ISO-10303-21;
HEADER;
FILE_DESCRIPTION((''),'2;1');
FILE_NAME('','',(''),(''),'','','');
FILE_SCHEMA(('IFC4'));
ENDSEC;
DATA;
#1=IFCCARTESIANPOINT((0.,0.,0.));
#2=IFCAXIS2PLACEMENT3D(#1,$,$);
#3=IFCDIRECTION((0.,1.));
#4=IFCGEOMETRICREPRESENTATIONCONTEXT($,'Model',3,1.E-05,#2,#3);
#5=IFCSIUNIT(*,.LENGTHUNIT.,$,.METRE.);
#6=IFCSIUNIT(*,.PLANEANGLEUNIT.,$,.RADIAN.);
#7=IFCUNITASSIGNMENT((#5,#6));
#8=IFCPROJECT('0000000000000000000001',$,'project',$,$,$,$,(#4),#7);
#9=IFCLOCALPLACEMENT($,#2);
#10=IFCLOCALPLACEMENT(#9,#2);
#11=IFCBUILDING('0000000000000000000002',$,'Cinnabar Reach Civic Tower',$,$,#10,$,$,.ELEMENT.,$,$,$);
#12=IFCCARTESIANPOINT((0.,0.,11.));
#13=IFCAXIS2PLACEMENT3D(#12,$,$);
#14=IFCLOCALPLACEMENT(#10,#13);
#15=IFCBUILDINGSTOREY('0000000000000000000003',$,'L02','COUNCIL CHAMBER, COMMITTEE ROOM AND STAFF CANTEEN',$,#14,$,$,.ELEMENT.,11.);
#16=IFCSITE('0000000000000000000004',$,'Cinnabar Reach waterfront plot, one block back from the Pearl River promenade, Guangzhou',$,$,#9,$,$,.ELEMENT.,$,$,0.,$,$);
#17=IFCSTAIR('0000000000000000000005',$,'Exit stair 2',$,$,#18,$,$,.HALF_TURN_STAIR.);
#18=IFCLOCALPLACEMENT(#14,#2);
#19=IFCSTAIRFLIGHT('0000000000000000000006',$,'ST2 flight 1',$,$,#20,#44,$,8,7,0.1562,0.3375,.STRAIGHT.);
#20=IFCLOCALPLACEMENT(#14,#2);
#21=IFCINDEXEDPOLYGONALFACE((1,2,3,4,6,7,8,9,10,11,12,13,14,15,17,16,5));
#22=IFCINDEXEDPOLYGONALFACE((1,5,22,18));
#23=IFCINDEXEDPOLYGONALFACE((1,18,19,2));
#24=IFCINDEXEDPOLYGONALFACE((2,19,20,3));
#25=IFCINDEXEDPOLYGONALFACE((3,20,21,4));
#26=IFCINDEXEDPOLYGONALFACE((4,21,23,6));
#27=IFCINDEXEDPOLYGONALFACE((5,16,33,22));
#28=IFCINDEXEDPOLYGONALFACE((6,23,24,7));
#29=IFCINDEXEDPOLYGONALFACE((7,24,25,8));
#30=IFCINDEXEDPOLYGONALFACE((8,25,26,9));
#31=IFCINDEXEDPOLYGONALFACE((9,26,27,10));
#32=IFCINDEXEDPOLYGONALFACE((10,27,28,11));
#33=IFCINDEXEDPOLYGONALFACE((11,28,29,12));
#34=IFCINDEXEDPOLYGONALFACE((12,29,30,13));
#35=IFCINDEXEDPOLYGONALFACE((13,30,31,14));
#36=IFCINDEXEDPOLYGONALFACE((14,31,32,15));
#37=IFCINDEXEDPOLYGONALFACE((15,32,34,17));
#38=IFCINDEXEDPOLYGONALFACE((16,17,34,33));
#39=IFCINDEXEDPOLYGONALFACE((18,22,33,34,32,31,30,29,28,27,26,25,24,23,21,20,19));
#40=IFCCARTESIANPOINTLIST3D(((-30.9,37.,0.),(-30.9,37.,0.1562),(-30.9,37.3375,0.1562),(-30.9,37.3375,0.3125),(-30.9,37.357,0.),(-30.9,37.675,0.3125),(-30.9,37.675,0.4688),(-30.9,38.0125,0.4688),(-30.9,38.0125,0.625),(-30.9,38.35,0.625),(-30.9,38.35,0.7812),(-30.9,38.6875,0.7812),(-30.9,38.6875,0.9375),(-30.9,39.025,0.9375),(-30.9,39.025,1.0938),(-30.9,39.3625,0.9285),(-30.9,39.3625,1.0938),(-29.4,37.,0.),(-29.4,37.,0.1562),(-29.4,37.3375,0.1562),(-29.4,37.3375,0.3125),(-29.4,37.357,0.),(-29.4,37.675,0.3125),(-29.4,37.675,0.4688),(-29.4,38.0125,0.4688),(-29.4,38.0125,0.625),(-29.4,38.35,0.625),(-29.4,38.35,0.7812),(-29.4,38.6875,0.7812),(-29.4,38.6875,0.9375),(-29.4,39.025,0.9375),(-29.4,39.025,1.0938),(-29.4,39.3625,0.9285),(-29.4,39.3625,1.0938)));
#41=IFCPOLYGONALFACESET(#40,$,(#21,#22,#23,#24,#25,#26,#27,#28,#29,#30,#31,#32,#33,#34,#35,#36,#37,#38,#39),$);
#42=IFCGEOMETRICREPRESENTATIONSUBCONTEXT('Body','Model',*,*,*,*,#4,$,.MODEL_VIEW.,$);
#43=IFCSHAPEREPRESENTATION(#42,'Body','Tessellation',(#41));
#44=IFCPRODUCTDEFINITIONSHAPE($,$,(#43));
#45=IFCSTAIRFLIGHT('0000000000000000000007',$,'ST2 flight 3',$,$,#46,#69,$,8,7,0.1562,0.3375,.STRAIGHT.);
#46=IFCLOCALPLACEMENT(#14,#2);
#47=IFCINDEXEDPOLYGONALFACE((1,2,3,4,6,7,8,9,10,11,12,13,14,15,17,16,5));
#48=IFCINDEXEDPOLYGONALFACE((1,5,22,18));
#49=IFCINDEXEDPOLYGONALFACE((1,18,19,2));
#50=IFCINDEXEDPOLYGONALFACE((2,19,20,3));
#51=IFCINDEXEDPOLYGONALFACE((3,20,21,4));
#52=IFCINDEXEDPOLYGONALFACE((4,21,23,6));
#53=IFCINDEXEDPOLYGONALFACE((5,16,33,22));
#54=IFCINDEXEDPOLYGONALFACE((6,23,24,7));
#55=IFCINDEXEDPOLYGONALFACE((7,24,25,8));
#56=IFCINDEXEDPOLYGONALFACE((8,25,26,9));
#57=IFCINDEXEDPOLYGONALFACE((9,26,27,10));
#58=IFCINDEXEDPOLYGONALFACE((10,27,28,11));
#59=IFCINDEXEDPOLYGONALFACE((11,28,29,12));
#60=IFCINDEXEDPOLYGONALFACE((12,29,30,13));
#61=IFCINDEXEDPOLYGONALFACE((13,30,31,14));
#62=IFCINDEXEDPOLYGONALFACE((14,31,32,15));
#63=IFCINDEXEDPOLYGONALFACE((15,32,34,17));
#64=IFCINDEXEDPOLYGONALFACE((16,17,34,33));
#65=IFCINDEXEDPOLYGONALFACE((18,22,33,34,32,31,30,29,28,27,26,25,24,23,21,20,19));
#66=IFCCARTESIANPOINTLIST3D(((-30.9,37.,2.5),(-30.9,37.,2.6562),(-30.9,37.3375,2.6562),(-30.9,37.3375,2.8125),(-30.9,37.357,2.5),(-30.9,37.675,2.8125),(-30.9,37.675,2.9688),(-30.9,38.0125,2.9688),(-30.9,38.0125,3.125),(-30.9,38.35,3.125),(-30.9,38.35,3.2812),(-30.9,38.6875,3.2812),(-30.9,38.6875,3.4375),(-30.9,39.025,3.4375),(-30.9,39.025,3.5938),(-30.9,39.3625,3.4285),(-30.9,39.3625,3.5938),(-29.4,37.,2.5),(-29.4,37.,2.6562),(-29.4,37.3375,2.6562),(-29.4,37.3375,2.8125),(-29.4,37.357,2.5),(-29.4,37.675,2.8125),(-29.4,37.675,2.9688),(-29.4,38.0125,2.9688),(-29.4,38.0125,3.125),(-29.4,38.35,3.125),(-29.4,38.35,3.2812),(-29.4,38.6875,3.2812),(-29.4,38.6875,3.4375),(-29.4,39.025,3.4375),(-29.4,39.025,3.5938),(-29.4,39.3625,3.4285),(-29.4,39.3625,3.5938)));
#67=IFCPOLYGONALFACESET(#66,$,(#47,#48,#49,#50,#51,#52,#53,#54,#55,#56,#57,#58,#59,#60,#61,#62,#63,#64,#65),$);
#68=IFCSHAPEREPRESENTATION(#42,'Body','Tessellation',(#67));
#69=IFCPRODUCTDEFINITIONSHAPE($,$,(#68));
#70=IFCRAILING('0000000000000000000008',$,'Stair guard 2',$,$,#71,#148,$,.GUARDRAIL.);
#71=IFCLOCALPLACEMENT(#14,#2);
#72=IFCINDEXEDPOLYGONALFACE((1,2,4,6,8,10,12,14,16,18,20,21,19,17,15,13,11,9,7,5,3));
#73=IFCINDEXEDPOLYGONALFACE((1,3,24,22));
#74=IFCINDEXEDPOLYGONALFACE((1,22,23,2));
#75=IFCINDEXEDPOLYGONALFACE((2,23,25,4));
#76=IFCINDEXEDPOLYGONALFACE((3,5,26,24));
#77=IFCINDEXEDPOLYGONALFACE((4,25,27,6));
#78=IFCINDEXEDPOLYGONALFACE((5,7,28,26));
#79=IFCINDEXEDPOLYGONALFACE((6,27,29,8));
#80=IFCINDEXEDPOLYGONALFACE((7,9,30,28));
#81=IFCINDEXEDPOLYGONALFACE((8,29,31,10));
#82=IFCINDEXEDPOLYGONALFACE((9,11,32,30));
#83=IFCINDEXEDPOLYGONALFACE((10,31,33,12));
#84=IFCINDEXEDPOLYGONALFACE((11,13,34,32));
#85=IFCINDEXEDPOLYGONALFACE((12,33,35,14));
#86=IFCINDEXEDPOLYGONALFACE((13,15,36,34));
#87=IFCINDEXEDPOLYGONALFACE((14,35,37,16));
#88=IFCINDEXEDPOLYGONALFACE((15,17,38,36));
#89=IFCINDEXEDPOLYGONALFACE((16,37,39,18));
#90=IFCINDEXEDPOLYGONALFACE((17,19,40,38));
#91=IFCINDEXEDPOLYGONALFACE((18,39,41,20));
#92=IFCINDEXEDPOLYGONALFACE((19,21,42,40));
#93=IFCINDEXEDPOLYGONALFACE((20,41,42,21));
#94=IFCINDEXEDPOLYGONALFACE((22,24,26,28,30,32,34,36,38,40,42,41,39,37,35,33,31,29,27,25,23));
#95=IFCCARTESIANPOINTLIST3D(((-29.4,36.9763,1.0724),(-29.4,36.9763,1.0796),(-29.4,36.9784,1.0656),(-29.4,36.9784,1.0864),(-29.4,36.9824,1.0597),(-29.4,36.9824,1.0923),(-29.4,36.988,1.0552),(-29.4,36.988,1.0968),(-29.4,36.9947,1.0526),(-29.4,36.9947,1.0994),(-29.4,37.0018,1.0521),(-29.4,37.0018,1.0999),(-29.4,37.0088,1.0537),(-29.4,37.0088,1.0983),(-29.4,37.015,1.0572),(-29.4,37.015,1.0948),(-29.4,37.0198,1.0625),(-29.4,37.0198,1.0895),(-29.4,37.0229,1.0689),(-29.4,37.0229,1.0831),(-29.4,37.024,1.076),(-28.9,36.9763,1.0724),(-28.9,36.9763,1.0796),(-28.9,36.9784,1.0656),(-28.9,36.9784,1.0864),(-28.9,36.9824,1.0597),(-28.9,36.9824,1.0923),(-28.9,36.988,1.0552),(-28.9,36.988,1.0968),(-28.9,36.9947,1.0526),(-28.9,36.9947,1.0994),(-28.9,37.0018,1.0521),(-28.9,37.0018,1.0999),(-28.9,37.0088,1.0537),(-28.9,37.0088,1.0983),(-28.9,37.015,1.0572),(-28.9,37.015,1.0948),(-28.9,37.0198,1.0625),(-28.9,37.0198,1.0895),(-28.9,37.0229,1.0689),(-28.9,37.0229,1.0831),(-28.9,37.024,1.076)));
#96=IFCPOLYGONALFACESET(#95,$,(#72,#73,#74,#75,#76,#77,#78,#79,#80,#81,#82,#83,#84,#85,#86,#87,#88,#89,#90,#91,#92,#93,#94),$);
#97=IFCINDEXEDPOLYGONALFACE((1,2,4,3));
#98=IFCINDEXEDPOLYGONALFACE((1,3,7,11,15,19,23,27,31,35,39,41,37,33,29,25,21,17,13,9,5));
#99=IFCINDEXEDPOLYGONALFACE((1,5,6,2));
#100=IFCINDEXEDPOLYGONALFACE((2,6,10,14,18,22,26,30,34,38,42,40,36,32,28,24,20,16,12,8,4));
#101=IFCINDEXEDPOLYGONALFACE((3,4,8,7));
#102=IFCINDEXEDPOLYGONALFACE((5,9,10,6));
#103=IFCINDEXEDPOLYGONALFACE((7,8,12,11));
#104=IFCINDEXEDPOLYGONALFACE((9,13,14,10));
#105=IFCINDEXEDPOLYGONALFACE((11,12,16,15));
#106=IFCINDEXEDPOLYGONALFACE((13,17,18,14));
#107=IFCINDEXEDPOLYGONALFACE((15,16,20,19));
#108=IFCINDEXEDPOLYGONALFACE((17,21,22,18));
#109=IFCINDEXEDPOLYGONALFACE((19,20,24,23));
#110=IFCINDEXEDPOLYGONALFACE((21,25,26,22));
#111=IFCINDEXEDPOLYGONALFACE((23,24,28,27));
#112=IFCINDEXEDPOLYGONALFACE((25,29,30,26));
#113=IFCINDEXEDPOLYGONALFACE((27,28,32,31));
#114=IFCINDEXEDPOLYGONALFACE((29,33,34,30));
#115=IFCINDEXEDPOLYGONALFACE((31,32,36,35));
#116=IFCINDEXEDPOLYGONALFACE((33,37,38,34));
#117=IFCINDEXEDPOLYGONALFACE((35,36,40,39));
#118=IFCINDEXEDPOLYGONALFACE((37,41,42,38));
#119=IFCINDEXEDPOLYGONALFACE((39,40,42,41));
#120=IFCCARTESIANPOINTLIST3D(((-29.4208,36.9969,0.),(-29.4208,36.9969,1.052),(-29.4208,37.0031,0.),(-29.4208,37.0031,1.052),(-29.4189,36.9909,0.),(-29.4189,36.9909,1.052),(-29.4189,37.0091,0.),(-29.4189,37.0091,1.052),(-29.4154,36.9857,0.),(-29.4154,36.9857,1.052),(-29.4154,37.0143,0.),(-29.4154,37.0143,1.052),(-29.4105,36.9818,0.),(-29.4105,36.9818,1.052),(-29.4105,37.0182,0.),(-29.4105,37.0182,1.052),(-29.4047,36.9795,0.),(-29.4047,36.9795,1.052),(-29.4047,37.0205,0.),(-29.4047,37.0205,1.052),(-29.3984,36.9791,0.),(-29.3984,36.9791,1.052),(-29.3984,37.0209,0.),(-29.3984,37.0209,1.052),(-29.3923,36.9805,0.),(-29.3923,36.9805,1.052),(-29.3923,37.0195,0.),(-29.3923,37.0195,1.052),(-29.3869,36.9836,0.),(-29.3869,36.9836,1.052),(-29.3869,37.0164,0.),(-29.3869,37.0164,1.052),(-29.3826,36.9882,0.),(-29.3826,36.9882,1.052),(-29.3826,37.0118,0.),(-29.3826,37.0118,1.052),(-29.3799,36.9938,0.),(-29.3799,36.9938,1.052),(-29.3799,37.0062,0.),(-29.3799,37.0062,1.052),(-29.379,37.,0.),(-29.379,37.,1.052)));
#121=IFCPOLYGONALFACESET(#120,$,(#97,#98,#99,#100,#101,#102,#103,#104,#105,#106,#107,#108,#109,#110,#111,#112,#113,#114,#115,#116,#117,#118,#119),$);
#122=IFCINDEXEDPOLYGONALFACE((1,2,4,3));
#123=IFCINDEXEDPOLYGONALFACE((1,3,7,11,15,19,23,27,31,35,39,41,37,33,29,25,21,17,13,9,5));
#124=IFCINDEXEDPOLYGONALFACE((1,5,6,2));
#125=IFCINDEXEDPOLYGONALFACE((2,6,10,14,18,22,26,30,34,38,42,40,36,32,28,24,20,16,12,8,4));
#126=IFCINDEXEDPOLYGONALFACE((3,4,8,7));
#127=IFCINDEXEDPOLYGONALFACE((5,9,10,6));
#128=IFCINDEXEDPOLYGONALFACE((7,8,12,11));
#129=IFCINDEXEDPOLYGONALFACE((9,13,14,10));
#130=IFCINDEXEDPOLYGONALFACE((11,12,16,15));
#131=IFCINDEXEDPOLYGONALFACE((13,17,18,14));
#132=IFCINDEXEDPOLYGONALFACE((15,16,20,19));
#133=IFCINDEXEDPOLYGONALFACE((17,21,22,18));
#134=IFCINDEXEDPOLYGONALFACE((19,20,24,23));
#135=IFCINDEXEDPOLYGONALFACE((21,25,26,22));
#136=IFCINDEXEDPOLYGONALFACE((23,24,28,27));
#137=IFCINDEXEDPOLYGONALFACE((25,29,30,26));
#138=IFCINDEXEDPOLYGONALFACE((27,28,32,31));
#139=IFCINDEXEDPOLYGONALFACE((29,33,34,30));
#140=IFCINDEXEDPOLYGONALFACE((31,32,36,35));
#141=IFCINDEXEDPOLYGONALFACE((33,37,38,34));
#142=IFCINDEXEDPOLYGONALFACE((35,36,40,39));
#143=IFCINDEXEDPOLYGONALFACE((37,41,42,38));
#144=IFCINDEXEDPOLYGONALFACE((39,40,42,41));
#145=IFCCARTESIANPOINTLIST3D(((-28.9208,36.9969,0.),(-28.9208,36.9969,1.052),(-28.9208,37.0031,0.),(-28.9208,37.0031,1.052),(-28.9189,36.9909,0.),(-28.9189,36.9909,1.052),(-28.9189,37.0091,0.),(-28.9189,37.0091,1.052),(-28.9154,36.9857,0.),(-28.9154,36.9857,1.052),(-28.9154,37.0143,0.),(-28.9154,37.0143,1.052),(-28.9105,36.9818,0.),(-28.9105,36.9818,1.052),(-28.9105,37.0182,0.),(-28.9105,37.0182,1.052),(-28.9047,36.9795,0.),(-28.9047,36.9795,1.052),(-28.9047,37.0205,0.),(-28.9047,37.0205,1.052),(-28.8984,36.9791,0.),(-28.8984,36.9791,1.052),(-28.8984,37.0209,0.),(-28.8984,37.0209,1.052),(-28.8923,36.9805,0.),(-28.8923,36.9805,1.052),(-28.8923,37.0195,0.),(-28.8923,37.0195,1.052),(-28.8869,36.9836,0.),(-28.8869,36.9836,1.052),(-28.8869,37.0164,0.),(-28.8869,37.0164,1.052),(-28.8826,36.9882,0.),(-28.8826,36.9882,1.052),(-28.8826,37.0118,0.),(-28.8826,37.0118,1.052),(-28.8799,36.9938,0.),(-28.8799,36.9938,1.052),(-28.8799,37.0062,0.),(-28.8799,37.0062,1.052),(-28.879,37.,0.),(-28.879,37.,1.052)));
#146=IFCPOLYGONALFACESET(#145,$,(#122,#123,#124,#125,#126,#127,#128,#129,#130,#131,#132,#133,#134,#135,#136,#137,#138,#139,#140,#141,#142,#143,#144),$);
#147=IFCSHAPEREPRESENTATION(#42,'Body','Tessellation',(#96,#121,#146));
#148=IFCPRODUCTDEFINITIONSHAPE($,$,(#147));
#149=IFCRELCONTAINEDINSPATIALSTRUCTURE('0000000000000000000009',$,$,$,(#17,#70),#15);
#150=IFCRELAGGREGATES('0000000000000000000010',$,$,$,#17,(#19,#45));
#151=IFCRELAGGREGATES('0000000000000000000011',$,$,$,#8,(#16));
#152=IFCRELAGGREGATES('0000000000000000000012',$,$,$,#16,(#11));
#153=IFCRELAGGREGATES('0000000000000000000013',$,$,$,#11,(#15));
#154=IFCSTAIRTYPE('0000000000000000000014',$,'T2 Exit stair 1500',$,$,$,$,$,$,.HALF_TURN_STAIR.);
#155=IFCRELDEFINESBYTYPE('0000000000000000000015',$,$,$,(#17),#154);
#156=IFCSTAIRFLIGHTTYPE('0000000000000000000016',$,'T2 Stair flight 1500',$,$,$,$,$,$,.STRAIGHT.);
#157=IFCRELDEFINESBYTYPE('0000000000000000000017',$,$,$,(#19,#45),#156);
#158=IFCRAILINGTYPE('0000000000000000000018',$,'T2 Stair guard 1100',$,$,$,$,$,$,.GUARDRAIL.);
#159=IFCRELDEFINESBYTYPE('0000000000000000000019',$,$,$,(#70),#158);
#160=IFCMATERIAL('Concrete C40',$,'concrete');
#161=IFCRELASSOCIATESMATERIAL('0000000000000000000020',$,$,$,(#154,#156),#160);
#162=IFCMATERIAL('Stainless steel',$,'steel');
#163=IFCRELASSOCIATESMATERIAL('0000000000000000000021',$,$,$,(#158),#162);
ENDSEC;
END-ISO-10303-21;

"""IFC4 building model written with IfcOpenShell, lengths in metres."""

from ifc_helpers import new_model, si_unit, direction, frame, origin, origin_2d, place, context, subcontext, project, spatial, polyline, circle, outline, extrude, material, type_object, element, aggregate, save


model = new_model("IFC4")

# Units and contexts
model_context = context("Model", 3, precision=1e-05, world=origin(), true_north=direction((0.0, 1.0)))
body_context = subcontext(model_context, "Body", "Model", "MODEL_VIEW")
ifc_project = project(units=[si_unit("LENGTHUNIT", "METRE"), si_unit("PLANEANGLEUNIT", "RADIAN")], contexts=[model_context])

# Site, building, storey
site_placement = place(None, origin())
site = spatial("IfcSite", under=ifc_project, at=site_placement, Name="Cinnabar Reach waterfront plot, one block back from the Pearl River promenade, Guangzhou", CompositionType="ELEMENT", RefElevation=0.0)
building_placement = place(site_placement, origin())
building = spatial("IfcBuilding", under=site, at=building_placement, Name="Cinnabar Reach Civic Tower", CompositionType="ELEMENT")
storey_placement = place(building_placement, frame((0.0, 0.0, 11.0)))
storey = spatial("IfcBuildingStorey", under=building, at=storey_placement, Name="L02", Description="COUNCIL CHAMBER, COMMITTEE ROOM AND STAFF CANTEEN", CompositionType="ELEMENT", Elevation=11.0)

# Shared definitions
ifc_material_1 = material(Name="Concrete C40", Category="concrete")

# Stair, stair flights
stair_type = type_object("IfcStairType", Name="T2 Exit stair 1500", PredefinedType="HALF_TURN_STAIR", material=ifc_material_1)
stair_placement = place(storey_placement, origin())
stair = element("IfcStair", 1, at=stair_placement, inside=storey, type_object=stair_type, Name="Exit stair 2", PredefinedType="HALF_TURN_STAIR")
stair_flight_type = type_object("IfcStairFlightType", Name="T2 Stair flight 1500", PredefinedType="STRAIGHT", material=ifc_material_1)
stair_flight_1_placement = place(storey_placement, frame((-30.15, 37.0, 0.0), z_axis=(0.0, 0.0, 1.0), x_axis=(0.0, 1.0, 0.0)))
stair_flight_1 = element("IfcStairFlight", 2, at=stair_flight_1_placement, type_object=stair_flight_type, Name="ST2 flight 1", NumberOfRisers=8, NumberOfTreads=7, PredefinedType="STRAIGHT", RiserHeight=0.1562, TreadLength=0.3375, context=body_context, shape_type="SweptSolid", body=[
    extrude(outline(polyline([(0.0, 0.0), (0.0, 0.1562), (0.3375, 0.1562), (0.3375, 0.3125), (0.675, 0.3125), (0.675, 0.4688), (1.0125, 0.4688), (1.0125, 0.625), (1.35, 0.625), (1.35, 0.7812), (1.6875, 0.7812), (1.6875, 0.9375), (2.025, 0.9375), (2.025, 1.0938), (2.3625, 1.0938), (2.3625, 1.25), (2.3625, 0.9285), (0.357, 0.0), (0.0, 0.0)])), frame((0.0, 0.75, 0.0), z_axis=(0.0, -1.0, 0.0), x_axis=(1.0, 0.0, 0.0)), (0.0, 0.0, 1.0), 1.5),
])
stair_flight_2_placement = place(storey_placement, frame((-30.15, 37.0, 2.5), z_axis=(0.0, 0.0, 1.0), x_axis=(0.0, 1.0, 0.0)))
stair_flight_2 = element("IfcStairFlight", 3, at=stair_flight_2_placement, type_object=stair_flight_type, Name="ST2 flight 3", NumberOfRisers=8, NumberOfTreads=7, PredefinedType="STRAIGHT", RiserHeight=0.1562, TreadLength=0.3375, context=body_context, shape_type="SweptSolid", body=[
    extrude(outline(polyline([(0.0, 0.0), (0.0, 0.1562), (0.3375, 0.1562), (0.3375, 0.3125), (0.675, 0.3125), (0.675, 0.4688), (1.0125, 0.4688), (1.0125, 0.625), (1.35, 0.625), (1.35, 0.7812), (1.6875, 0.7812), (1.6875, 0.9375), (2.025, 0.9375), (2.025, 1.0938), (2.3625, 1.0938), (2.3625, 1.25), (2.3625, 0.9285), (0.357, 0.0), (0.0, 0.0)])), frame((0.0, 0.75, 0.0), z_axis=(0.0, -1.0, 0.0), x_axis=(1.0, 0.0, 0.0)), (0.0, 0.0, 1.0), 1.5),
])
aggregate(stair, [stair_flight_1, stair_flight_2])

# Railing
ifc_material_2 = material(Name="Stainless steel", Category="steel")
railing_type = type_object("IfcRailingType", Name="T2 Stair guard 1100", PredefinedType="GUARDRAIL", material=ifc_material_2)
railing_1_placement = place(storey_placement, frame((-29.4, 37.0, 0.0)))
element("IfcRailing", 4, at=railing_1_placement, inside=storey, type_object=railing_type, Name="Stair guard 2", PredefinedType="GUARDRAIL", context=body_context, shape_type="SweptSolid", body=[
    extrude(circle(Radius=0.024, at=origin_2d()), frame((0.0, 0.0, 1.076), z_axis=(1.0, 0.0, 0.0), x_axis=(0.0, 1.0, 0.0)), (0.0, 0.0, 1.0), 0.5),
    extrude(circle(Radius=0.021, at=origin_2d()), origin(), (0.0, 0.0, 1.0), 1.052),
    extrude(circle(Radius=0.021, at=origin_2d()), frame((0.5, 0.0, 0.0)), (0.0, 0.0, 1.0), 1.052),
])

save(model, "model.ifc")
